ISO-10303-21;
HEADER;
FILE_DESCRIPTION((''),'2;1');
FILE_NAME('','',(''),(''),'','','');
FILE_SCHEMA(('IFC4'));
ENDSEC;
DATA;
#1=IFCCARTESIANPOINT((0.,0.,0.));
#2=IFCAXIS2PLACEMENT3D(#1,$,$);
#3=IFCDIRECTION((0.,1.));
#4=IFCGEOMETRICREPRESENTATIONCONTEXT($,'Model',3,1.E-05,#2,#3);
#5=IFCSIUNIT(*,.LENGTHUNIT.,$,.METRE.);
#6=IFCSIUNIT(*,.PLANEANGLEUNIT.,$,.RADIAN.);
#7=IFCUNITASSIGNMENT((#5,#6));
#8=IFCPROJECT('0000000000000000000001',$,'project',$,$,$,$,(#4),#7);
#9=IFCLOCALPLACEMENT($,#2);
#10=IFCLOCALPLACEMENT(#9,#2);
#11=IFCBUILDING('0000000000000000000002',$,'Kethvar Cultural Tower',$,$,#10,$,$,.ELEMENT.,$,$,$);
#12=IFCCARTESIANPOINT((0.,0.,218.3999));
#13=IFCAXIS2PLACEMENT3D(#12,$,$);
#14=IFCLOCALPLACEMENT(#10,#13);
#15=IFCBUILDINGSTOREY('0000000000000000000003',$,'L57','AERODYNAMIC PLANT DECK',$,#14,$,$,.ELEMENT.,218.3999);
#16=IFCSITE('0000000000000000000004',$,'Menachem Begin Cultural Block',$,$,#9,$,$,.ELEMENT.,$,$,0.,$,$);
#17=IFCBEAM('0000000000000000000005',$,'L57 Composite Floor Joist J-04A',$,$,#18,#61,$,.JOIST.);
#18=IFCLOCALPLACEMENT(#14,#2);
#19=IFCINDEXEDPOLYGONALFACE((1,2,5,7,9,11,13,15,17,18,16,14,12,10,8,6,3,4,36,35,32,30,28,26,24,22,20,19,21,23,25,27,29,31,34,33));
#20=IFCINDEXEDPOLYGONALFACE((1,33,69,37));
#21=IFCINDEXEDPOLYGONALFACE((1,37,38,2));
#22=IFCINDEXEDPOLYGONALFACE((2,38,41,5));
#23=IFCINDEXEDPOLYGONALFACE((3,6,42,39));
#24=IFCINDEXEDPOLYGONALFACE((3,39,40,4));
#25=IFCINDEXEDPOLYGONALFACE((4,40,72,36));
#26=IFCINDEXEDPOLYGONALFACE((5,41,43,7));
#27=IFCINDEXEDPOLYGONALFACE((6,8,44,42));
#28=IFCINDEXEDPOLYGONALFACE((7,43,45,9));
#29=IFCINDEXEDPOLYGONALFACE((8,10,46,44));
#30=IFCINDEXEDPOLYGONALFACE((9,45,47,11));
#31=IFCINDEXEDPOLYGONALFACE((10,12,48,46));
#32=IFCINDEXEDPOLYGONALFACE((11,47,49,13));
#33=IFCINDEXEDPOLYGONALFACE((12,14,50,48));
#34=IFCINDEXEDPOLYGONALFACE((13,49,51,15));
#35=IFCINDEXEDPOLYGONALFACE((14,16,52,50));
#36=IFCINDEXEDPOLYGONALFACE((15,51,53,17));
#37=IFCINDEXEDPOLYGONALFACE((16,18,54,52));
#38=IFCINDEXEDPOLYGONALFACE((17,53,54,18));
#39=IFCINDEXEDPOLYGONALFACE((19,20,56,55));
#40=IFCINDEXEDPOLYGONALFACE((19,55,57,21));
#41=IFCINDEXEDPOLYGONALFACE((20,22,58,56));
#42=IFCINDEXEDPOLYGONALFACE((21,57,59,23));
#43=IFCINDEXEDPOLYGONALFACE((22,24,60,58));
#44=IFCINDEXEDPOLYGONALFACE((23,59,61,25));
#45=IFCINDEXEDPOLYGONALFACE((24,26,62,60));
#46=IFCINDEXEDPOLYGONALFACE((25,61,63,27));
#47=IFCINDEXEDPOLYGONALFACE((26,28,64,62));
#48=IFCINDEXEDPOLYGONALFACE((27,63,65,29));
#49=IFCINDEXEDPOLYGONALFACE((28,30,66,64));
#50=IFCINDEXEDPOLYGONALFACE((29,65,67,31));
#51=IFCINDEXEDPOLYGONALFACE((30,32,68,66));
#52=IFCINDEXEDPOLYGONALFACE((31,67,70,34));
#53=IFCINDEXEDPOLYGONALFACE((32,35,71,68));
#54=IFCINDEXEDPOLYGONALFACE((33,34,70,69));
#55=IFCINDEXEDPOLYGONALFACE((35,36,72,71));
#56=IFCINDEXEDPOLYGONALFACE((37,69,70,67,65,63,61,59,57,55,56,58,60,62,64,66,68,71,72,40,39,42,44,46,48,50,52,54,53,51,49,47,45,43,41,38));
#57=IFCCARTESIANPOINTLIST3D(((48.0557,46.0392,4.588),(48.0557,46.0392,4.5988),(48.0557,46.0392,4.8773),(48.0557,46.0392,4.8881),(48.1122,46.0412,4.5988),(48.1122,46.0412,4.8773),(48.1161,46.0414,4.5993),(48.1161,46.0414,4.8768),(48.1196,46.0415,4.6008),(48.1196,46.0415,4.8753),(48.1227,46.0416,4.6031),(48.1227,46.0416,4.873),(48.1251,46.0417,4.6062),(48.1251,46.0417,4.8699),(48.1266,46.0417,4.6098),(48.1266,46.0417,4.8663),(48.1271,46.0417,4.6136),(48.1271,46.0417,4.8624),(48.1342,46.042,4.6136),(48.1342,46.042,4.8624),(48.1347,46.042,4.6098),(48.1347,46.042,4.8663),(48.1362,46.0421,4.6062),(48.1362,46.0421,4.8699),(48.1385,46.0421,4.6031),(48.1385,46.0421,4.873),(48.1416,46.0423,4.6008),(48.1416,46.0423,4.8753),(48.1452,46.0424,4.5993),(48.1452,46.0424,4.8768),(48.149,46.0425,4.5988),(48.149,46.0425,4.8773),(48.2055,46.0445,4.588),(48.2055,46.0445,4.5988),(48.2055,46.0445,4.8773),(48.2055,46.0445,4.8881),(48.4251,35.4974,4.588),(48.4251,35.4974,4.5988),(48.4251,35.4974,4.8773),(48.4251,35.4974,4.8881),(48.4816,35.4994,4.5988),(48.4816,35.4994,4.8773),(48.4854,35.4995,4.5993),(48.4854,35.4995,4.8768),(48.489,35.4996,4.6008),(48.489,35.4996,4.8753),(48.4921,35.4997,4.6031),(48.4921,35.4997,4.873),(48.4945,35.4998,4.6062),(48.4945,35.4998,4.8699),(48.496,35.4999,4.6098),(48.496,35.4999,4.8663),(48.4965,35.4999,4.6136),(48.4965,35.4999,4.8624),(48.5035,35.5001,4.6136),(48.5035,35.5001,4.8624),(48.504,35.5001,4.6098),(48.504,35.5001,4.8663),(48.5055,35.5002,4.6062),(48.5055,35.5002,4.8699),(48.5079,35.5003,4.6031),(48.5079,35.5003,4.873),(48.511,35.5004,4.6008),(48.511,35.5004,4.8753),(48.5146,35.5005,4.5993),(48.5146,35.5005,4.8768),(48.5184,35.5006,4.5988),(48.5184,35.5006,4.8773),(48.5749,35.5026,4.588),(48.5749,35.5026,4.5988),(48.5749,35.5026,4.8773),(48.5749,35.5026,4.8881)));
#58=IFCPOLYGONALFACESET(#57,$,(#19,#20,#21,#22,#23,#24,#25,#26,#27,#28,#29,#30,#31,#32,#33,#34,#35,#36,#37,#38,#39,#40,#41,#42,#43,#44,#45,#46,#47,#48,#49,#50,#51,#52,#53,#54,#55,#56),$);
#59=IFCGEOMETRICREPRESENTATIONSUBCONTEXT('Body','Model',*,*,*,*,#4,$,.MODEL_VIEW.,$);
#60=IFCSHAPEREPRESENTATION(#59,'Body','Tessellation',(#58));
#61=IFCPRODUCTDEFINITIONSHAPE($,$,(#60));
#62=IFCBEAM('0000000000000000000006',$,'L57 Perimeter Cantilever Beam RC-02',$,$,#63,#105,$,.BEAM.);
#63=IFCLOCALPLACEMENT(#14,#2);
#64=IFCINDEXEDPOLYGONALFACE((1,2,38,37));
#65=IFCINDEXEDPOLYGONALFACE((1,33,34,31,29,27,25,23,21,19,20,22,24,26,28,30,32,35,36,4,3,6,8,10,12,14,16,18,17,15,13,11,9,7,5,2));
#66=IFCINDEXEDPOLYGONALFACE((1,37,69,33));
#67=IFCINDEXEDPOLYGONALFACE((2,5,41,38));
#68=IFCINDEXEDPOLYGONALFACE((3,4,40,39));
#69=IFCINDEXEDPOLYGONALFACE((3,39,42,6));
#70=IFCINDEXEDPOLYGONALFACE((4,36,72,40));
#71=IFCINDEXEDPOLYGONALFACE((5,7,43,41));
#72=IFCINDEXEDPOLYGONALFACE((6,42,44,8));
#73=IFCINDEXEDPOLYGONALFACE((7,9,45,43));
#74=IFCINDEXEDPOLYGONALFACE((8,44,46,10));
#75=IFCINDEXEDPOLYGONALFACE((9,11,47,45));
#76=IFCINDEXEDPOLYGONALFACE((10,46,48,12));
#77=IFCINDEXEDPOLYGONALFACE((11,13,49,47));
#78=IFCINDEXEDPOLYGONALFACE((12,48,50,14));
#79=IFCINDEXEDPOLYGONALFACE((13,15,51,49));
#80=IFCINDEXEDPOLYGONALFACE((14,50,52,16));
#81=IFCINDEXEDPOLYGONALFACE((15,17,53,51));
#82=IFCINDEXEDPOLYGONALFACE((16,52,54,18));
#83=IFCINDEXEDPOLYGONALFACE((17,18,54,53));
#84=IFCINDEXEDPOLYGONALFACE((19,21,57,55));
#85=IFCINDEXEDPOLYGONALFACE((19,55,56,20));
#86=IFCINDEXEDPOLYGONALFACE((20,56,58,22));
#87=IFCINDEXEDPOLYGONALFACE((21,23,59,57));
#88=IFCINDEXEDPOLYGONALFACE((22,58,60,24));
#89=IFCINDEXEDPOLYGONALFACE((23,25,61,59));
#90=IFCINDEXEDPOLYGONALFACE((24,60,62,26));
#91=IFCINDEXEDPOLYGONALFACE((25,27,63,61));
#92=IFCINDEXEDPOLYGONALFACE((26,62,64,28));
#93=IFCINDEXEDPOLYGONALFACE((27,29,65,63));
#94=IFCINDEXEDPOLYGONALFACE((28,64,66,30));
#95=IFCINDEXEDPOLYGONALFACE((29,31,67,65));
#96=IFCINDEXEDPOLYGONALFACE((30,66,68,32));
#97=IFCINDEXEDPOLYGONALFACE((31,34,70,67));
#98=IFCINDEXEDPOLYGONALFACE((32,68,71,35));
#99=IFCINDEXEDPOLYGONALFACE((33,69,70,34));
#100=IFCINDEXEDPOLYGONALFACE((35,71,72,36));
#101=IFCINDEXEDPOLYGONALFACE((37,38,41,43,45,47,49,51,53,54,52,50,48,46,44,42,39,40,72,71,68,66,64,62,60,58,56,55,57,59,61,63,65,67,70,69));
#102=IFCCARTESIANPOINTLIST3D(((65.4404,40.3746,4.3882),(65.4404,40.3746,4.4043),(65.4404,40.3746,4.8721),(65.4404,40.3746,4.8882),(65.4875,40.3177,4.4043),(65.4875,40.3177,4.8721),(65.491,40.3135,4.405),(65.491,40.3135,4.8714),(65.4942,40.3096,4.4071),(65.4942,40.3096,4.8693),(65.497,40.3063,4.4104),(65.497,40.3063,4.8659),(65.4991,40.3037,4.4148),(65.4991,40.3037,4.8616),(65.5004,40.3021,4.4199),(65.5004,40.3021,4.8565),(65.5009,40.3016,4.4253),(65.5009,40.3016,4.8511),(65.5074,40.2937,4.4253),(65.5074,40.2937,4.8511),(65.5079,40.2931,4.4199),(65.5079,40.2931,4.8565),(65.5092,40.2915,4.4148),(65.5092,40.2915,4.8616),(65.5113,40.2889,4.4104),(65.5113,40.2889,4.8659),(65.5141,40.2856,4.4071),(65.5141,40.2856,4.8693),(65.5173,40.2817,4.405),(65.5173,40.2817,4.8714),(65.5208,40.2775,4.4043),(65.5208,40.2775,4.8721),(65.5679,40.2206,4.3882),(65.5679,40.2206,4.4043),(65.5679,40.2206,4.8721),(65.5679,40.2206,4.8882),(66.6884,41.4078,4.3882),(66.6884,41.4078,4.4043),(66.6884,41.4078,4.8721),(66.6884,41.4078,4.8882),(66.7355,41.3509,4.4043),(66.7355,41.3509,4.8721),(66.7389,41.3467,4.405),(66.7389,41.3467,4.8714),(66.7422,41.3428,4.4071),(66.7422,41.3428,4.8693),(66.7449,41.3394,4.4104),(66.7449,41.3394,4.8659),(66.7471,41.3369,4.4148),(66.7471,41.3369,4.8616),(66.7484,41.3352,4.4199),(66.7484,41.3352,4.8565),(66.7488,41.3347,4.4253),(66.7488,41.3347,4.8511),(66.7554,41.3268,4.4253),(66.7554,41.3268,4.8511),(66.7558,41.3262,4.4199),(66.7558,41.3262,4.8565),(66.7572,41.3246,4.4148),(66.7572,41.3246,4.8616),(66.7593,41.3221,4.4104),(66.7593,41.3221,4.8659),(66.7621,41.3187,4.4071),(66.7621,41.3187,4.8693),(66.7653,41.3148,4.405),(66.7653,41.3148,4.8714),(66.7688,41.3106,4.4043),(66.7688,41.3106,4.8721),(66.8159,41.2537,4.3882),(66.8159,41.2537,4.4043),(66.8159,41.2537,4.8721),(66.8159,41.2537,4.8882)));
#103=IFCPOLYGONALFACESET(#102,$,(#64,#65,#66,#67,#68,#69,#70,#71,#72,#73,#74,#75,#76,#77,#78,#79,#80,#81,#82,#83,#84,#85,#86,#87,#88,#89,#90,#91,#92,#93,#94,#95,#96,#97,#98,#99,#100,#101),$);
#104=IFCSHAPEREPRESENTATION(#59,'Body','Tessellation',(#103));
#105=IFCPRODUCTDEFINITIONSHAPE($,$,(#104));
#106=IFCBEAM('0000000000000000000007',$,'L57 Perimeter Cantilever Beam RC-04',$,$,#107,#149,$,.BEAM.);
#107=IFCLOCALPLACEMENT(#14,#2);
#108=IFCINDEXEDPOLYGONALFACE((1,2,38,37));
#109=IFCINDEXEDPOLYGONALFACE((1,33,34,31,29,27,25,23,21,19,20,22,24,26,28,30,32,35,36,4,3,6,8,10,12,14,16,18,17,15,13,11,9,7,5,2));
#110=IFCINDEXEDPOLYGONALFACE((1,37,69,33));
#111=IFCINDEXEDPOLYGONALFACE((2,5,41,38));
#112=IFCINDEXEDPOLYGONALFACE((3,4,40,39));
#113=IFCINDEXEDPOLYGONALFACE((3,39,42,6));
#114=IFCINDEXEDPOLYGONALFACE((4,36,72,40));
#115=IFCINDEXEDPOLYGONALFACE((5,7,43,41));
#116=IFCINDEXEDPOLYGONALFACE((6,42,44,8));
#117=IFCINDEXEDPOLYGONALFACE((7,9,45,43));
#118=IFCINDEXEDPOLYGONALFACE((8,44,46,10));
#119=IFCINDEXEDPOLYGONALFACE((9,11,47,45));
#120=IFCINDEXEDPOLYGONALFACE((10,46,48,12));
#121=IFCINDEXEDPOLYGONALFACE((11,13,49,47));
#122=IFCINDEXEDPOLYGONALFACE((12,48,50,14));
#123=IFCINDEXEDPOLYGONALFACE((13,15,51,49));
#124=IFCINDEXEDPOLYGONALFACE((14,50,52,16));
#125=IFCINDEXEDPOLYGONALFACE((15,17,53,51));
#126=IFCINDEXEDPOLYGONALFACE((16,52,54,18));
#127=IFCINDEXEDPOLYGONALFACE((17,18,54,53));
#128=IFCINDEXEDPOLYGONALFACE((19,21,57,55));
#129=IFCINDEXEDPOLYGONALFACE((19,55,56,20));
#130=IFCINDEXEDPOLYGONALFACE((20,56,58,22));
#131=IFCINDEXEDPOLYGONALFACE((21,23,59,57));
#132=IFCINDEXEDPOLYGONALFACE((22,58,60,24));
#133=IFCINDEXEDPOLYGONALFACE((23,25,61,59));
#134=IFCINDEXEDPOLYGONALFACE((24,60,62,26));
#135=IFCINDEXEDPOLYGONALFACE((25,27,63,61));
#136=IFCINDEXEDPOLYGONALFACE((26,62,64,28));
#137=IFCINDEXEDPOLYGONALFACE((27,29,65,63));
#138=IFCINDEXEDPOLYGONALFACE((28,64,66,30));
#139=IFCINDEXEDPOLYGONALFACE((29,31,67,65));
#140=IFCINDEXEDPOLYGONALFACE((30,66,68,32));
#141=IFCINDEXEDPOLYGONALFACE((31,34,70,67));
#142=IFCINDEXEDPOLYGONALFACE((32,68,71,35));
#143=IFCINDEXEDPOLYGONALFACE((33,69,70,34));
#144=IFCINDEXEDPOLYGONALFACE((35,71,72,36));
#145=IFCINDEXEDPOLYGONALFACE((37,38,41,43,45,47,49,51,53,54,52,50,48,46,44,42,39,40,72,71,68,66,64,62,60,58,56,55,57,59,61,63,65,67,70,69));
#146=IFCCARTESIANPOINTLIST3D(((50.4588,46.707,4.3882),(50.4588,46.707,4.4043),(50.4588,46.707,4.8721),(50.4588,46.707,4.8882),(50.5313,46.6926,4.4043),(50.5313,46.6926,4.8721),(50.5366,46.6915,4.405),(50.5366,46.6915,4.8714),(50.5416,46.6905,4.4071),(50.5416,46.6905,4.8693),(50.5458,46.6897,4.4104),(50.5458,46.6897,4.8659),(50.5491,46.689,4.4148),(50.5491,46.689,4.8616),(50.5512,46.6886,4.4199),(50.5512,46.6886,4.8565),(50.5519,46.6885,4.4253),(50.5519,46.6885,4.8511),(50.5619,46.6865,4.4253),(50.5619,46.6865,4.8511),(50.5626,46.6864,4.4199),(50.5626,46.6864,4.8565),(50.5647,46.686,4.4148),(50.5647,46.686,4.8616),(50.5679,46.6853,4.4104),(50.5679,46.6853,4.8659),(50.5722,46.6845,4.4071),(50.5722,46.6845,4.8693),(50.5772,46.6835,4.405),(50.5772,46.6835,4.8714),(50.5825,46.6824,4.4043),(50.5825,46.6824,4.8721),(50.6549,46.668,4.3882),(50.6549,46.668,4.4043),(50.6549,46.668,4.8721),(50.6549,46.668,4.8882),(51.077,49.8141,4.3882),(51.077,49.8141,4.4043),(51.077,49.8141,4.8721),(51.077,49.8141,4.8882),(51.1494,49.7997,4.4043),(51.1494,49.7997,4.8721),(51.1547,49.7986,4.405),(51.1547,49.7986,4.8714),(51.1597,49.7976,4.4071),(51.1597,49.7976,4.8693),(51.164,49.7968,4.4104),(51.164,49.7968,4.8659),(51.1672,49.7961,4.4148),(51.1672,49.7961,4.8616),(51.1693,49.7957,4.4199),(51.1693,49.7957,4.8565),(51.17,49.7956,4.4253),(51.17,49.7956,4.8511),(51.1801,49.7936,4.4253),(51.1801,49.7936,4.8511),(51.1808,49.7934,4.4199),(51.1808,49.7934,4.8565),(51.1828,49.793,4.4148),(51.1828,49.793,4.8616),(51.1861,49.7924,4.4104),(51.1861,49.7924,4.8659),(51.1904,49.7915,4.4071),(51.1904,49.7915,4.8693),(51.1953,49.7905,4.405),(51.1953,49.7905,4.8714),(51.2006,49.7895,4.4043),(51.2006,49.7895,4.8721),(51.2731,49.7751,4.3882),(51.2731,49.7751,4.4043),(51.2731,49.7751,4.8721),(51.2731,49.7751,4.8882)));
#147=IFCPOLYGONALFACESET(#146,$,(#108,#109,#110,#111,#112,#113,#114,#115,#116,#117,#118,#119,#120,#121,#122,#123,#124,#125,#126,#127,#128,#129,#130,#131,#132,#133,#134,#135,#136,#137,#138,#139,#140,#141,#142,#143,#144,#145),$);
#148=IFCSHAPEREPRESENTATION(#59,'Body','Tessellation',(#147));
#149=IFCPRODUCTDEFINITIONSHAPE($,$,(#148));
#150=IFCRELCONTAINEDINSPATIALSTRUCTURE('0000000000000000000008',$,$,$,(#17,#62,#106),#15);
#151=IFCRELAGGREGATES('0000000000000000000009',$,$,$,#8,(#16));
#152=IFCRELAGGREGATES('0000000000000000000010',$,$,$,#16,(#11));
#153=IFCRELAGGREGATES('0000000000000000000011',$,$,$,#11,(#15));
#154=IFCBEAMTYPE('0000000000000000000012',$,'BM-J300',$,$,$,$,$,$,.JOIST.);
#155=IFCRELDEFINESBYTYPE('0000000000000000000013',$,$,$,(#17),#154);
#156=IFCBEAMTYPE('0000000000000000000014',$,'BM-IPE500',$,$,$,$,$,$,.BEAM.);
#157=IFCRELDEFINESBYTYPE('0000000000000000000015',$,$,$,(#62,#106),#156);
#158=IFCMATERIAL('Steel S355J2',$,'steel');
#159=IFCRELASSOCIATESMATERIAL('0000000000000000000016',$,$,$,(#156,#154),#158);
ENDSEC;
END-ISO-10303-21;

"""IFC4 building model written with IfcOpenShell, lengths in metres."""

from ifc_helpers import new_model, si_unit, direction, frame, origin, origin_2d, place, context, subcontext, project, spatial, i_section, extrude, source, transform, mapped, material, material_profile, profile_set, type_object, element, save


model = new_model("IFC4")

# Units and contexts
model_context = context("Model", 3, precision=1e-05, world=origin(), true_north=direction((0.0, 1.0)))
body_context = subcontext(model_context, "Body", "Model", "MODEL_VIEW")
ifc_project = project(units=[si_unit("LENGTHUNIT", "METRE"), si_unit("PLANEANGLEUNIT", "RADIAN")], contexts=[model_context])

# Site, building, storey
site_placement = place(None, origin())
site = spatial("IfcSite", under=ifc_project, at=site_placement, Name="Menachem Begin Cultural Block", CompositionType="ELEMENT", RefElevation=0.0)
building_placement = place(site_placement, origin())
building = spatial("IfcBuilding", under=site, at=building_placement, Name="Kethvar Cultural Tower", CompositionType="ELEMENT")
storey_placement = place(building_placement, frame((0.0, 0.0, 218.3999)))
storey = spatial("IfcBuildingStorey", under=building, at=storey_placement, Name="L57", Description="AERODYNAMIC PLANT DECK", CompositionType="ELEMENT", Elevation=218.3999)

# Beams
ifc_material_1 = material(Name="Steel S355J2", Category="steel")
ifc_material_profile_1 = material_profile(ifc_material_1, i_section(OverallWidth=0.2, OverallDepth=0.5, WebThickness=0.0103, FlangeThickness=0.0161, FilletRadius=0.021, at=origin_2d()), Name="Steel S355J2 — IPE500")
ifc_profile_set_1 = profile_set([ifc_material_profile_1], Name="Steel S355J2 — IPE500")
beam_type_1 = type_object("IfcBeamType", Name="BM-IPE500", PredefinedType="BEAM", material=ifc_profile_set_1)
ifc_material_profile_2 = material_profile(ifc_material_1, i_section(OverallWidth=0.1499, OverallDepth=0.3, WebThickness=0.0071, FlangeThickness=0.0107, FilletRadius=0.0149, at=origin_2d()), Name="Steel S355J2 — IPE300")
ifc_profile_set_2 = profile_set([ifc_material_profile_2], Name="Steel S355J2 — IPE300")
beam_type_2 = type_object("IfcBeamType", Name="BM-J300", PredefinedType="JOIST", material=ifc_profile_set_2)
shared_shape_1 = source(origin(), body_context, "Body", "SweptSolid", [
    extrude(i_section(OverallWidth=0.1499, OverallDepth=0.3, WebThickness=0.0071, FlangeThickness=0.0107, FilletRadius=0.0149, at=origin_2d()), origin(), (0.0, 0.0, 1.0), 10.5483),
])
beam_1_placement = place(storey_placement, frame((48.5, 35.5, 4.738), z_axis=(-0.035018, 0.999387, 0.0), x_axis=(-0.999387, -0.035018, 0.0)))
element("IfcBeam", 1, at=beam_1_placement, inside=storey, type_object=beam_type_2, Name="L57 Composite Floor Joist J-04A", PredefinedType="JOIST", context=body_context, shape_type="MappedRepresentation", body=[
    mapped(shared_shape_1, transform((0.0, 0.0, 0.0), scale=1.0)),
])
shared_shape_2 = source(origin(), body_context, "Body", "SweptSolid", [
    extrude(i_section(OverallWidth=0.2, OverallDepth=0.5, WebThickness=0.0103, FlangeThickness=0.0161, FilletRadius=0.021, at=origin_2d()), origin(), (0.0, 0.0, 1.0), 1.6201),
])
beam_2_placement = place(storey_placement, frame((65.5042, 40.2976, 4.6382), z_axis=(0.770292, 0.637691, 0.0), x_axis=(-0.637691, 0.770292, 0.0)))
element("IfcBeam", 2, at=beam_2_placement, inside=storey, type_object=beam_type_1, Name="L57 Perimeter Cantilever Beam RC-02", PredefinedType="BEAM", context=body_context, shape_type="MappedRepresentation", body=[
    mapped(shared_shape_2, transform((0.0, 0.0, 0.0), scale=1.0)),
])
shared_shape_3 = source(origin(), body_context, "Body", "SweptSolid", [
    extrude(i_section(OverallWidth=0.2, OverallDepth=0.5, WebThickness=0.0103, FlangeThickness=0.0161, FilletRadius=0.021, at=origin_2d()), origin(), (0.0, 0.0, 1.0), 3.168),
])
beam_3_placement = place(storey_placement, frame((50.5569, 46.6875, 4.6382), z_axis=(0.195123, 0.980779, 0.0), x_axis=(-0.980779, 0.195123, 0.0)))
element("IfcBeam", 3, at=beam_3_placement, inside=storey, type_object=beam_type_1, Name="L57 Perimeter Cantilever Beam RC-04", PredefinedType="BEAM", context=body_context, shape_type="MappedRepresentation", body=[
    mapped(shared_shape_3, transform((0.0, 0.0, 0.0), scale=1.0)),
])

save(model, "model.ifc")
